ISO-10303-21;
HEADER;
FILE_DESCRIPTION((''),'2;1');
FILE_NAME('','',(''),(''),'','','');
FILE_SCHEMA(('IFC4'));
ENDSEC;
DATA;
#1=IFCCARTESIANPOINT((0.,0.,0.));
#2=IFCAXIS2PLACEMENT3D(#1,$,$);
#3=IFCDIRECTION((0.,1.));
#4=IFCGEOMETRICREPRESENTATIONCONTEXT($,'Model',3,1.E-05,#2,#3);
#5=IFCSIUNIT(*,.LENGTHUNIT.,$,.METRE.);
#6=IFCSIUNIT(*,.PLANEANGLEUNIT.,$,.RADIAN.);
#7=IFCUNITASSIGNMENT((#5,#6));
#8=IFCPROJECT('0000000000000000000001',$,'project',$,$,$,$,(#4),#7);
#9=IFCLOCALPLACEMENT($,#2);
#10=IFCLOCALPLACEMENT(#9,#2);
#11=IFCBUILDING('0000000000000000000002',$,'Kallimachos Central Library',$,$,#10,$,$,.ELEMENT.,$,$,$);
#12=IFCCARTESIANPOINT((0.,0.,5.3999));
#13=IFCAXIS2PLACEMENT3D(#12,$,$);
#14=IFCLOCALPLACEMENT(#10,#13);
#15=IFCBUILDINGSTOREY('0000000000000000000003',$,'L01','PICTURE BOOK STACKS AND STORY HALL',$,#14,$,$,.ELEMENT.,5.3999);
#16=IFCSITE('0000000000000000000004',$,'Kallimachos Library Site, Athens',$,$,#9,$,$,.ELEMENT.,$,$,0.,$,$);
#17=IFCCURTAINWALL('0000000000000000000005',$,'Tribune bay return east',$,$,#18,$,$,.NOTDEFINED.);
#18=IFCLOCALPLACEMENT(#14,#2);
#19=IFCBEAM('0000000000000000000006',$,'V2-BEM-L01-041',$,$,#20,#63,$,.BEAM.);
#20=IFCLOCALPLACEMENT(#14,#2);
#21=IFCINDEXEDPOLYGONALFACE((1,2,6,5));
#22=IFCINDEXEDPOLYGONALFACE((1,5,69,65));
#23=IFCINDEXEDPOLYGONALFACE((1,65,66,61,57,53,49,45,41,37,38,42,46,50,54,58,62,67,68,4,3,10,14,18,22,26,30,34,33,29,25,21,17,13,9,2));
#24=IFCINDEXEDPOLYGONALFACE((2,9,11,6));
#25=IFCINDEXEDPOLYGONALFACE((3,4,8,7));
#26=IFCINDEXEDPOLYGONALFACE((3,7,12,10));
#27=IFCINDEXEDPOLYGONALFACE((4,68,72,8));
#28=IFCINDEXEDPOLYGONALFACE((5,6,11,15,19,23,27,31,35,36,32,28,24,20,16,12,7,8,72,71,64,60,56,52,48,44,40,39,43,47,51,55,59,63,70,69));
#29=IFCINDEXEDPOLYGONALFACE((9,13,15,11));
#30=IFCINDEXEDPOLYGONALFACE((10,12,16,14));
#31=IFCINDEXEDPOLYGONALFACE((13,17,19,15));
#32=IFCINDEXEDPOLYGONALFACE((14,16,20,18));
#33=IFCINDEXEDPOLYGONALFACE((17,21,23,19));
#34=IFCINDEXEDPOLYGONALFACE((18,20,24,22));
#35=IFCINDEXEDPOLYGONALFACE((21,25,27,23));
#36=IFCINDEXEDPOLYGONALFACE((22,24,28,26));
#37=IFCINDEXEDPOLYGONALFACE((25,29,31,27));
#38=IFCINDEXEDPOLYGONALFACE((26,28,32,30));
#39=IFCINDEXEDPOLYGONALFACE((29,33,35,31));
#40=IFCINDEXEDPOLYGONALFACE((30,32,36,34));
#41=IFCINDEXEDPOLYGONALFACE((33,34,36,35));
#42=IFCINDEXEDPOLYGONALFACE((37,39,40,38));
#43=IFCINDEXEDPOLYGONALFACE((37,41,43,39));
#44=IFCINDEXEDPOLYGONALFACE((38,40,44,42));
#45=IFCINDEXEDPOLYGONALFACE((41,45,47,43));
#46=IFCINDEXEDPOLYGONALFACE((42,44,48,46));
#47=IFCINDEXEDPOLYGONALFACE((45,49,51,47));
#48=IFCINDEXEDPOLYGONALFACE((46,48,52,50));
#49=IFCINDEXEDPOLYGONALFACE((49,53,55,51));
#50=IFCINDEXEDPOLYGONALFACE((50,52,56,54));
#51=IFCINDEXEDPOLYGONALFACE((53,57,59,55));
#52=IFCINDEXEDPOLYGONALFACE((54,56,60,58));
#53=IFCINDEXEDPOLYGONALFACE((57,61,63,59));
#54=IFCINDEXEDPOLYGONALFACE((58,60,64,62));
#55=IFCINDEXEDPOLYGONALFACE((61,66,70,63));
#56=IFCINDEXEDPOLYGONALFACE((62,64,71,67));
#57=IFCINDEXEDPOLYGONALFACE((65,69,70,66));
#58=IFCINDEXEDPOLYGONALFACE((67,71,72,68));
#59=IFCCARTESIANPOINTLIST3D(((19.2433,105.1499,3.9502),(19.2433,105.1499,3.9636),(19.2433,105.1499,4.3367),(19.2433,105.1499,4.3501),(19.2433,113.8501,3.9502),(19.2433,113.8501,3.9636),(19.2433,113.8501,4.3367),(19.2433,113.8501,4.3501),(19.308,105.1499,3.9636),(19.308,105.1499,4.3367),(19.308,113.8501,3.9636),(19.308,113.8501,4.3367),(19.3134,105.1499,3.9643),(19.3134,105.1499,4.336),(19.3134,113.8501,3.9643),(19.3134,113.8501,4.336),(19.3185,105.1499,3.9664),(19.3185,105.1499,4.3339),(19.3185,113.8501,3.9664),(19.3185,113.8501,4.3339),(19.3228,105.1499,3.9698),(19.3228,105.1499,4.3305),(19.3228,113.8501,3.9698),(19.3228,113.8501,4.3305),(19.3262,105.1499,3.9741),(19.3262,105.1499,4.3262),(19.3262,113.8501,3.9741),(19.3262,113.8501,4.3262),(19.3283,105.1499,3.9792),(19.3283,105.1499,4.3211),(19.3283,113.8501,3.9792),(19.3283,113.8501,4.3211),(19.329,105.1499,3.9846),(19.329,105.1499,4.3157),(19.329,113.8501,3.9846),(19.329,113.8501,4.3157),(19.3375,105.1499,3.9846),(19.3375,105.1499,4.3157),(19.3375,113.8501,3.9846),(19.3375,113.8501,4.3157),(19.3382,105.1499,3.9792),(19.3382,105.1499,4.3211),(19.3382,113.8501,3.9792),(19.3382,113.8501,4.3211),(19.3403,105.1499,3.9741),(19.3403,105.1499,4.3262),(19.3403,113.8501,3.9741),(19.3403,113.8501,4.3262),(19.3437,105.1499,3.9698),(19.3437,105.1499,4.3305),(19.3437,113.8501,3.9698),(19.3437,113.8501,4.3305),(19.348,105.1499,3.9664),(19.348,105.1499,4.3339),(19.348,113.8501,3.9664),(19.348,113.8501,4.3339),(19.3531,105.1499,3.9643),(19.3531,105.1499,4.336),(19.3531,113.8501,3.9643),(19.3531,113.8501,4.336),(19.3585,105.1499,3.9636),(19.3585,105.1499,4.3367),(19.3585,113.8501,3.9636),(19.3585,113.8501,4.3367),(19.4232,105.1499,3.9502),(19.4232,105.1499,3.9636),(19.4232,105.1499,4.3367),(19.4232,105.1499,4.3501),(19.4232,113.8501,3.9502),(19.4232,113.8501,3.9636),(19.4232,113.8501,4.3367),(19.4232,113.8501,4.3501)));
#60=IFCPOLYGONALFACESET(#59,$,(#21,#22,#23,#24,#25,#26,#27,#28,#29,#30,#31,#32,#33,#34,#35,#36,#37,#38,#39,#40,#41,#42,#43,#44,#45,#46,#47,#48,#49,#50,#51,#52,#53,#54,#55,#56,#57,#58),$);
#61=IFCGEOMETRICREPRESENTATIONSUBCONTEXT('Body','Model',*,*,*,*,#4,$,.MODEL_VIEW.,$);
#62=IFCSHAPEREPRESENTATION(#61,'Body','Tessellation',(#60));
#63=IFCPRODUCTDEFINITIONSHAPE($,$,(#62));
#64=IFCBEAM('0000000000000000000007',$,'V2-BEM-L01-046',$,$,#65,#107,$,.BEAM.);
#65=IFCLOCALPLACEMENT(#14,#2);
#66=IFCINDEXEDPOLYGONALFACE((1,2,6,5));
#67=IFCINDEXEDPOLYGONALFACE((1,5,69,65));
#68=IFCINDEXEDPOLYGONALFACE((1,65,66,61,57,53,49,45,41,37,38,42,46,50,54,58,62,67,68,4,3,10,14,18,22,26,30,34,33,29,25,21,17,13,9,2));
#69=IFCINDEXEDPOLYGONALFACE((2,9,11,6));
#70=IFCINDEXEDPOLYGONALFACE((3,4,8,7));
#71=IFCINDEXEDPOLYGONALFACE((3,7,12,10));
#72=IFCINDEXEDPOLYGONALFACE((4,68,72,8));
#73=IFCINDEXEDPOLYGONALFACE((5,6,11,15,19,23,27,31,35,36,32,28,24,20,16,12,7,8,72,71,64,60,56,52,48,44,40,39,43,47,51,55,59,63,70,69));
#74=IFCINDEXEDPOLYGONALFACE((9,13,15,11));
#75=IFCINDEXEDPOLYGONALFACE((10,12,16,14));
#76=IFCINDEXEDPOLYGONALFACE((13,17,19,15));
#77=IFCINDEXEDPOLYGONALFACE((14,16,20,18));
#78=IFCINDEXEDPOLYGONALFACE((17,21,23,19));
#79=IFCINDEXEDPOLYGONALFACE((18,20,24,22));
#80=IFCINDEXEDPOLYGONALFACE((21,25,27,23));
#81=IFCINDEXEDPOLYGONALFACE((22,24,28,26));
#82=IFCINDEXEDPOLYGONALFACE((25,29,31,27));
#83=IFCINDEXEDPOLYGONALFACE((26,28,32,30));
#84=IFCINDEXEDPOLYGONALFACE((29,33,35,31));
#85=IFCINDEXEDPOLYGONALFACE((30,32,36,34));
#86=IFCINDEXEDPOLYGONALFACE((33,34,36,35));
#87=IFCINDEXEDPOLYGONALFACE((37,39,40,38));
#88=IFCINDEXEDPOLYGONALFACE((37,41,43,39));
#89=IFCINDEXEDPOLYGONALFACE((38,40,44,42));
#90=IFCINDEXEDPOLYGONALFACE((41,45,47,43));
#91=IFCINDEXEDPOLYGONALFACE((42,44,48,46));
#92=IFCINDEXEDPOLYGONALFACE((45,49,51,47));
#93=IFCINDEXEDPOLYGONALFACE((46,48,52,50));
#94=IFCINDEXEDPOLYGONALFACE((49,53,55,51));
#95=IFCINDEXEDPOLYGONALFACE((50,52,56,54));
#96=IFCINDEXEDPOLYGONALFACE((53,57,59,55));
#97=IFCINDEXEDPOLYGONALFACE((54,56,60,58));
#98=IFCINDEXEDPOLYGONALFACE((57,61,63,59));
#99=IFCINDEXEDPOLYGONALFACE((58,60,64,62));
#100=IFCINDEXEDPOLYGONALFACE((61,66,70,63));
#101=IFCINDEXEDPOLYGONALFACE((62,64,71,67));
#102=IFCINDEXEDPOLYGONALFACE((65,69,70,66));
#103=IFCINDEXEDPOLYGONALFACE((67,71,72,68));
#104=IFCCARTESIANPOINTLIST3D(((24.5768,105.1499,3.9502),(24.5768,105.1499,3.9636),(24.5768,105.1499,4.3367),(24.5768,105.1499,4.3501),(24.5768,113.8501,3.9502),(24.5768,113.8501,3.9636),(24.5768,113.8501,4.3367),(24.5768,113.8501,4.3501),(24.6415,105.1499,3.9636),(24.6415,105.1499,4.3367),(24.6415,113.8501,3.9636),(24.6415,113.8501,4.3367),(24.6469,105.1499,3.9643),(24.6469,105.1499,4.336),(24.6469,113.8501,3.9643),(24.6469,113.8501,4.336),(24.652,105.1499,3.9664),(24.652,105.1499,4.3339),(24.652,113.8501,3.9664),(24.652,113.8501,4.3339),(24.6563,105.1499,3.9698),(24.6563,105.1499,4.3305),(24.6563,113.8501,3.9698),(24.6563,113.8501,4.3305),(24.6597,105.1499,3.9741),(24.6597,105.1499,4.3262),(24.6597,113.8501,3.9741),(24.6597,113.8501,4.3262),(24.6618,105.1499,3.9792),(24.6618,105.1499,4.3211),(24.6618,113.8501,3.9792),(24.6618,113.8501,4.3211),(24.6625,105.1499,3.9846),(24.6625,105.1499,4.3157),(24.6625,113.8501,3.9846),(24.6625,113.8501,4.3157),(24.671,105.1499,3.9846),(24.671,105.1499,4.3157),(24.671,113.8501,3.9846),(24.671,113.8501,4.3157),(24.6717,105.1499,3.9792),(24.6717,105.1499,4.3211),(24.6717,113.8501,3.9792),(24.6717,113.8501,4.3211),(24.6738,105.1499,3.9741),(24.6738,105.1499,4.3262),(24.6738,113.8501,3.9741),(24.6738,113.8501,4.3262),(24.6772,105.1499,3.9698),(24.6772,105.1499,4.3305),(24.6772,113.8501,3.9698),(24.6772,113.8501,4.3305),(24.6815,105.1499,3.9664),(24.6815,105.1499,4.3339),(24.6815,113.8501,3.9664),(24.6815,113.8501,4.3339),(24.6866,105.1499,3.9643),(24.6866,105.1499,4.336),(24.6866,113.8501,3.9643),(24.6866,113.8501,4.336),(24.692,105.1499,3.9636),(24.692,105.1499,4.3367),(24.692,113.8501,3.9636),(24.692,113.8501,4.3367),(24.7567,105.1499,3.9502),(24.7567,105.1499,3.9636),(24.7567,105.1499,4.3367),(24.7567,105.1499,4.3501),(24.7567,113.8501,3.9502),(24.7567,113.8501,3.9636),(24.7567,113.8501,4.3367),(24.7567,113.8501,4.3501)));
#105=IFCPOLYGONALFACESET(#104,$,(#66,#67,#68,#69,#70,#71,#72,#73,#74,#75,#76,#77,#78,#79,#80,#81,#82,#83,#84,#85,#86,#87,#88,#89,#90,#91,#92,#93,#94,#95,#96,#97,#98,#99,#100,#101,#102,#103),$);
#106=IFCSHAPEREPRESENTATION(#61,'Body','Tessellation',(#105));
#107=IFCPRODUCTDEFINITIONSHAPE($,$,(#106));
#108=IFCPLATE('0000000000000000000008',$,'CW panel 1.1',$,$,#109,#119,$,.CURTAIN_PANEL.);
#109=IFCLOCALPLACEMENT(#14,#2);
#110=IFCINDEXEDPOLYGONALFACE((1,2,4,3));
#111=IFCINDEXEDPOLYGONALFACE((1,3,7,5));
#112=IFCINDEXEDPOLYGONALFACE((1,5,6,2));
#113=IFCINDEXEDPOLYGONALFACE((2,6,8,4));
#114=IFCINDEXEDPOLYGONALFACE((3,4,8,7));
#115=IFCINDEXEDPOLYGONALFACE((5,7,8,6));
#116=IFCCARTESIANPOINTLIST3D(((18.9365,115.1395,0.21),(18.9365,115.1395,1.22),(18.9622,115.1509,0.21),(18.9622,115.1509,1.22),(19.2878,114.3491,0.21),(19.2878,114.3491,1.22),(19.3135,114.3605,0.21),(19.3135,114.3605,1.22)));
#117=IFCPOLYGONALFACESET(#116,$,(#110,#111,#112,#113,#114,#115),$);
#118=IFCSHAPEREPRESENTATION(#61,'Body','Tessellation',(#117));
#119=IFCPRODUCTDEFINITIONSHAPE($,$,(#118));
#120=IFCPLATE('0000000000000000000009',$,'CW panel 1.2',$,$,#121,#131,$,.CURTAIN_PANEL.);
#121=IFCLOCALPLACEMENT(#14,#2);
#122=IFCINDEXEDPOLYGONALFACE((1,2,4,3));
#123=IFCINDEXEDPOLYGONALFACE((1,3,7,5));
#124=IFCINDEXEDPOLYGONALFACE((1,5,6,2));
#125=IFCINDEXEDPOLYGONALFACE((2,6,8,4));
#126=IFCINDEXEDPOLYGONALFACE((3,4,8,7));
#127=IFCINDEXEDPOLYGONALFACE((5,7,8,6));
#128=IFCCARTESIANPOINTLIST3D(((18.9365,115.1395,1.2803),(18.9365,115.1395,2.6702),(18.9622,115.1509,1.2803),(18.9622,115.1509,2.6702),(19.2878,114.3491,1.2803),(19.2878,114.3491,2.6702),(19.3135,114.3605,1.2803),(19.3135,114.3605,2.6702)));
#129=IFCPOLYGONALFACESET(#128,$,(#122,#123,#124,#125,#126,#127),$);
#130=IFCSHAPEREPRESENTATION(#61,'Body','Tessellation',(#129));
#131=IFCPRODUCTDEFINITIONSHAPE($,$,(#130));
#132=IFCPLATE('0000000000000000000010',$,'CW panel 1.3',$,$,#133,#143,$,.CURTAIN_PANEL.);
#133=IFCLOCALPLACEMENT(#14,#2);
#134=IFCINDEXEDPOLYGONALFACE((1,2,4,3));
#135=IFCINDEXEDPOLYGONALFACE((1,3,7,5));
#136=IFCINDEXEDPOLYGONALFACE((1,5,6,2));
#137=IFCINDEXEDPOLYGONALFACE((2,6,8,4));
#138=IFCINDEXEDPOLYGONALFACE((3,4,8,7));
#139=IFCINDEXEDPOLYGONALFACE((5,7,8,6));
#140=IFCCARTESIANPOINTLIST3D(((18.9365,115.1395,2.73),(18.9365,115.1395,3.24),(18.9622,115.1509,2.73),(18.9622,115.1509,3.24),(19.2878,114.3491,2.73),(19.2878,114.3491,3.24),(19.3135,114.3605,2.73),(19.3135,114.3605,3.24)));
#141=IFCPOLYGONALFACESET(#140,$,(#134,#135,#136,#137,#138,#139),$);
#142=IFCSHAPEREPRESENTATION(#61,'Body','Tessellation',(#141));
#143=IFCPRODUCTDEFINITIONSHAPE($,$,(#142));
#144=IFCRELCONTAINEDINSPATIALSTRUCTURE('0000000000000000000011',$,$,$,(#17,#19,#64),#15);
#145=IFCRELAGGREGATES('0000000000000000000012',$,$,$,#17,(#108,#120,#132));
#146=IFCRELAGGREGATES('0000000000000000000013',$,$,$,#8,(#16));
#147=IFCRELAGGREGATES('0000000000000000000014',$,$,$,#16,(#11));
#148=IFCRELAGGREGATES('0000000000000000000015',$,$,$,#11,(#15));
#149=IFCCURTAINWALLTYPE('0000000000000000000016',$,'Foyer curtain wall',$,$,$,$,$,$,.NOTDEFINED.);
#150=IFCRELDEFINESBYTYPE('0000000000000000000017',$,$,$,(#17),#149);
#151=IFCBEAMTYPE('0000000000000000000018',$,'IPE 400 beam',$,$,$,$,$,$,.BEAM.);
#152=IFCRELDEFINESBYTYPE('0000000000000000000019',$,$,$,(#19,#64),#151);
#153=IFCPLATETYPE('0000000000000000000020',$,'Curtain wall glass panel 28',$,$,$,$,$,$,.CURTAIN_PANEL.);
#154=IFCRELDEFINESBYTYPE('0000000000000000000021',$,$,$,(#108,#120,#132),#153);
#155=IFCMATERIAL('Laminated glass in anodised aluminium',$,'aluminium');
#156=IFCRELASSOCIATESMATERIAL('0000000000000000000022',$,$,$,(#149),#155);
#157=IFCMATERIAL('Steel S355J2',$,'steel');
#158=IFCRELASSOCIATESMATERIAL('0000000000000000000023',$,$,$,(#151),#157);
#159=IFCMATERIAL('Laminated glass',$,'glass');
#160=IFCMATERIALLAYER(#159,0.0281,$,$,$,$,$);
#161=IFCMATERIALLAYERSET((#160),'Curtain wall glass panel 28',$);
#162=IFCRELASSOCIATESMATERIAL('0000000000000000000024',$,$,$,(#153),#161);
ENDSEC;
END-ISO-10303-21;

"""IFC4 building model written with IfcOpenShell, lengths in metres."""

from ifc_helpers import new_model, si_unit, direction, frame, origin, origin_2d, place, context, subcontext, project, spatial, rectangle, i_section, extrude, material, layer, layer_set, material_profile, profile_set, type_object, element, aggregate, save


model = new_model("IFC4")

# Units and contexts
model_context = context("Model", 3, precision=1e-05, world=origin(), true_north=direction((0.0, 1.0)))
body_context = subcontext(model_context, "Body", "Model", "MODEL_VIEW")
ifc_project = project(units=[si_unit("LENGTHUNIT", "METRE"), si_unit("PLANEANGLEUNIT", "RADIAN")], contexts=[model_context])

# Site, building, storey
site_placement = place(None, origin())
site = spatial("IfcSite", under=ifc_project, at=site_placement, Name="Kallimachos Library Site, Athens", CompositionType="ELEMENT", RefElevation=0.0)
building_placement = place(site_placement, origin())
building = spatial("IfcBuilding", under=site, at=building_placement, Name="Kallimachos Central Library", CompositionType="ELEMENT")
storey_placement = place(building_placement, frame((0.0, 0.0, 5.3999)))
storey = spatial("IfcBuildingStorey", under=building, at=storey_placement, Name="L01", Description="PICTURE BOOK STACKS AND STORY HALL", CompositionType="ELEMENT", Elevation=5.3999)

# Curtain wall
ifc_material_1 = material(Name="Laminated glass in anodised aluminium", Category="aluminium")
curtain_wall_type = type_object("IfcCurtainWallType", Name="Foyer curtain wall", PredefinedType="NOTDEFINED", material=ifc_material_1)
curtain_wall_1_placement = place(storey_placement, origin())
curtain_wall_1 = element("IfcCurtainWall", 1, at=curtain_wall_1_placement, inside=storey, type_object=curtain_wall_type, Name="Tribune bay return east", PredefinedType="NOTDEFINED")

# Beams
ifc_material_2 = material(Name="Steel S355J2", Category="steel")
ifc_material_profile_1 = material_profile(ifc_material_2, i_section(OverallWidth=0.1799, OverallDepth=0.3999, WebThickness=0.0085, FlangeThickness=0.0134, FilletRadius=0.021, at=origin_2d()), Name="IPE 400")
ifc_profile_set_1 = profile_set([ifc_material_profile_1], Name="Steel S355J2")
beam_type_1 = type_object("IfcBeamType", Name="IPE 400 beam", PredefinedType="BEAM", material=ifc_profile_set_1)
for number, where, z_axis, x_axis, name in (
    (2, (19.3333, 105.1499, 4.1501), (0.0, 1.0, 0.0), (-1.0, 0.0, 0.0), "V2-BEM-L01-041"),
    (3, (24.6667, 105.1499, 4.1501), (0.0, 1.0, 0.0), (-1.0, 0.0, 0.0), "V2-BEM-L01-046"),
):
    element("IfcBeam", number, at=place(storey_placement, frame(where, z_axis=z_axis, x_axis=x_axis)), inside=storey, type_object=beam_type_1, Name=name, PredefinedType="BEAM", context=body_context, shape_type="SweptSolid", body=[
        extrude(i_section(OverallWidth=0.1799, OverallDepth=0.3999, WebThickness=0.0085, FlangeThickness=0.0134, FilletRadius=0.021, at=origin_2d()), origin(), (0.0, 0.0, 1.0), 8.7002),
    ])

# Plates
ifc_material_3 = material(Name="Laminated glass", Category="glass")
ifc_layer_1 = layer(ifc_material_3, 0.0281)
ifc_layer_set_1 = layer_set([ifc_layer_1], Name="Curtain wall glass panel 28")
plate_type = type_object("IfcPlateType", Name="Curtain wall glass panel 28", PredefinedType="CURTAIN_PANEL", material=ifc_layer_set_1)
plate_1_placement = place(storey_placement, frame((19.125, 114.75, 0.21), z_axis=(0.0, 0.0, 1.0), x_axis=(0.406138, -0.913812, 0.0)))
plate_1 = element("IfcPlate", 4, at=plate_1_placement, type_object=plate_type, Name="CW panel 1.1", PredefinedType="CURTAIN_PANEL", context=body_context, shape_type="SweptSolid", body=[
    extrude(rectangle(XDim=0.865, YDim=0.0281, at=origin_2d()), origin(), (0.0, 0.0, 1.0), 1.01),
])
plate_2_placement = place(storey_placement, frame((19.125, 114.75, 1.2803), z_axis=(0.0, 0.0, 1.0), x_axis=(0.406138, -0.913812, 0.0)))
plate_2 = element("IfcPlate", 5, at=plate_2_placement, type_object=plate_type, Name="CW panel 1.2", PredefinedType="CURTAIN_PANEL", context=body_context, shape_type="SweptSolid", body=[
    extrude(rectangle(XDim=0.865, YDim=0.0281, at=origin_2d()), origin(), (0.0, 0.0, 1.0), 1.3899),
])
plate_3_placement = place(storey_placement, frame((19.125, 114.75, 2.73), z_axis=(0.0, 0.0, 1.0), x_axis=(0.406138, -0.913812, 0.0)))
plate_3 = element("IfcPlate", 6, at=plate_3_placement, type_object=plate_type, Name="CW panel 1.3", PredefinedType="CURTAIN_PANEL", context=body_context, shape_type="SweptSolid", body=[
    extrude(rectangle(XDim=0.865, YDim=0.0281, at=origin_2d()), origin(), (0.0, 0.0, 1.0), 0.51),
])
aggregate(curtain_wall_1, [plate_1, plate_2, plate_3])

save(model, "model.ifc")
